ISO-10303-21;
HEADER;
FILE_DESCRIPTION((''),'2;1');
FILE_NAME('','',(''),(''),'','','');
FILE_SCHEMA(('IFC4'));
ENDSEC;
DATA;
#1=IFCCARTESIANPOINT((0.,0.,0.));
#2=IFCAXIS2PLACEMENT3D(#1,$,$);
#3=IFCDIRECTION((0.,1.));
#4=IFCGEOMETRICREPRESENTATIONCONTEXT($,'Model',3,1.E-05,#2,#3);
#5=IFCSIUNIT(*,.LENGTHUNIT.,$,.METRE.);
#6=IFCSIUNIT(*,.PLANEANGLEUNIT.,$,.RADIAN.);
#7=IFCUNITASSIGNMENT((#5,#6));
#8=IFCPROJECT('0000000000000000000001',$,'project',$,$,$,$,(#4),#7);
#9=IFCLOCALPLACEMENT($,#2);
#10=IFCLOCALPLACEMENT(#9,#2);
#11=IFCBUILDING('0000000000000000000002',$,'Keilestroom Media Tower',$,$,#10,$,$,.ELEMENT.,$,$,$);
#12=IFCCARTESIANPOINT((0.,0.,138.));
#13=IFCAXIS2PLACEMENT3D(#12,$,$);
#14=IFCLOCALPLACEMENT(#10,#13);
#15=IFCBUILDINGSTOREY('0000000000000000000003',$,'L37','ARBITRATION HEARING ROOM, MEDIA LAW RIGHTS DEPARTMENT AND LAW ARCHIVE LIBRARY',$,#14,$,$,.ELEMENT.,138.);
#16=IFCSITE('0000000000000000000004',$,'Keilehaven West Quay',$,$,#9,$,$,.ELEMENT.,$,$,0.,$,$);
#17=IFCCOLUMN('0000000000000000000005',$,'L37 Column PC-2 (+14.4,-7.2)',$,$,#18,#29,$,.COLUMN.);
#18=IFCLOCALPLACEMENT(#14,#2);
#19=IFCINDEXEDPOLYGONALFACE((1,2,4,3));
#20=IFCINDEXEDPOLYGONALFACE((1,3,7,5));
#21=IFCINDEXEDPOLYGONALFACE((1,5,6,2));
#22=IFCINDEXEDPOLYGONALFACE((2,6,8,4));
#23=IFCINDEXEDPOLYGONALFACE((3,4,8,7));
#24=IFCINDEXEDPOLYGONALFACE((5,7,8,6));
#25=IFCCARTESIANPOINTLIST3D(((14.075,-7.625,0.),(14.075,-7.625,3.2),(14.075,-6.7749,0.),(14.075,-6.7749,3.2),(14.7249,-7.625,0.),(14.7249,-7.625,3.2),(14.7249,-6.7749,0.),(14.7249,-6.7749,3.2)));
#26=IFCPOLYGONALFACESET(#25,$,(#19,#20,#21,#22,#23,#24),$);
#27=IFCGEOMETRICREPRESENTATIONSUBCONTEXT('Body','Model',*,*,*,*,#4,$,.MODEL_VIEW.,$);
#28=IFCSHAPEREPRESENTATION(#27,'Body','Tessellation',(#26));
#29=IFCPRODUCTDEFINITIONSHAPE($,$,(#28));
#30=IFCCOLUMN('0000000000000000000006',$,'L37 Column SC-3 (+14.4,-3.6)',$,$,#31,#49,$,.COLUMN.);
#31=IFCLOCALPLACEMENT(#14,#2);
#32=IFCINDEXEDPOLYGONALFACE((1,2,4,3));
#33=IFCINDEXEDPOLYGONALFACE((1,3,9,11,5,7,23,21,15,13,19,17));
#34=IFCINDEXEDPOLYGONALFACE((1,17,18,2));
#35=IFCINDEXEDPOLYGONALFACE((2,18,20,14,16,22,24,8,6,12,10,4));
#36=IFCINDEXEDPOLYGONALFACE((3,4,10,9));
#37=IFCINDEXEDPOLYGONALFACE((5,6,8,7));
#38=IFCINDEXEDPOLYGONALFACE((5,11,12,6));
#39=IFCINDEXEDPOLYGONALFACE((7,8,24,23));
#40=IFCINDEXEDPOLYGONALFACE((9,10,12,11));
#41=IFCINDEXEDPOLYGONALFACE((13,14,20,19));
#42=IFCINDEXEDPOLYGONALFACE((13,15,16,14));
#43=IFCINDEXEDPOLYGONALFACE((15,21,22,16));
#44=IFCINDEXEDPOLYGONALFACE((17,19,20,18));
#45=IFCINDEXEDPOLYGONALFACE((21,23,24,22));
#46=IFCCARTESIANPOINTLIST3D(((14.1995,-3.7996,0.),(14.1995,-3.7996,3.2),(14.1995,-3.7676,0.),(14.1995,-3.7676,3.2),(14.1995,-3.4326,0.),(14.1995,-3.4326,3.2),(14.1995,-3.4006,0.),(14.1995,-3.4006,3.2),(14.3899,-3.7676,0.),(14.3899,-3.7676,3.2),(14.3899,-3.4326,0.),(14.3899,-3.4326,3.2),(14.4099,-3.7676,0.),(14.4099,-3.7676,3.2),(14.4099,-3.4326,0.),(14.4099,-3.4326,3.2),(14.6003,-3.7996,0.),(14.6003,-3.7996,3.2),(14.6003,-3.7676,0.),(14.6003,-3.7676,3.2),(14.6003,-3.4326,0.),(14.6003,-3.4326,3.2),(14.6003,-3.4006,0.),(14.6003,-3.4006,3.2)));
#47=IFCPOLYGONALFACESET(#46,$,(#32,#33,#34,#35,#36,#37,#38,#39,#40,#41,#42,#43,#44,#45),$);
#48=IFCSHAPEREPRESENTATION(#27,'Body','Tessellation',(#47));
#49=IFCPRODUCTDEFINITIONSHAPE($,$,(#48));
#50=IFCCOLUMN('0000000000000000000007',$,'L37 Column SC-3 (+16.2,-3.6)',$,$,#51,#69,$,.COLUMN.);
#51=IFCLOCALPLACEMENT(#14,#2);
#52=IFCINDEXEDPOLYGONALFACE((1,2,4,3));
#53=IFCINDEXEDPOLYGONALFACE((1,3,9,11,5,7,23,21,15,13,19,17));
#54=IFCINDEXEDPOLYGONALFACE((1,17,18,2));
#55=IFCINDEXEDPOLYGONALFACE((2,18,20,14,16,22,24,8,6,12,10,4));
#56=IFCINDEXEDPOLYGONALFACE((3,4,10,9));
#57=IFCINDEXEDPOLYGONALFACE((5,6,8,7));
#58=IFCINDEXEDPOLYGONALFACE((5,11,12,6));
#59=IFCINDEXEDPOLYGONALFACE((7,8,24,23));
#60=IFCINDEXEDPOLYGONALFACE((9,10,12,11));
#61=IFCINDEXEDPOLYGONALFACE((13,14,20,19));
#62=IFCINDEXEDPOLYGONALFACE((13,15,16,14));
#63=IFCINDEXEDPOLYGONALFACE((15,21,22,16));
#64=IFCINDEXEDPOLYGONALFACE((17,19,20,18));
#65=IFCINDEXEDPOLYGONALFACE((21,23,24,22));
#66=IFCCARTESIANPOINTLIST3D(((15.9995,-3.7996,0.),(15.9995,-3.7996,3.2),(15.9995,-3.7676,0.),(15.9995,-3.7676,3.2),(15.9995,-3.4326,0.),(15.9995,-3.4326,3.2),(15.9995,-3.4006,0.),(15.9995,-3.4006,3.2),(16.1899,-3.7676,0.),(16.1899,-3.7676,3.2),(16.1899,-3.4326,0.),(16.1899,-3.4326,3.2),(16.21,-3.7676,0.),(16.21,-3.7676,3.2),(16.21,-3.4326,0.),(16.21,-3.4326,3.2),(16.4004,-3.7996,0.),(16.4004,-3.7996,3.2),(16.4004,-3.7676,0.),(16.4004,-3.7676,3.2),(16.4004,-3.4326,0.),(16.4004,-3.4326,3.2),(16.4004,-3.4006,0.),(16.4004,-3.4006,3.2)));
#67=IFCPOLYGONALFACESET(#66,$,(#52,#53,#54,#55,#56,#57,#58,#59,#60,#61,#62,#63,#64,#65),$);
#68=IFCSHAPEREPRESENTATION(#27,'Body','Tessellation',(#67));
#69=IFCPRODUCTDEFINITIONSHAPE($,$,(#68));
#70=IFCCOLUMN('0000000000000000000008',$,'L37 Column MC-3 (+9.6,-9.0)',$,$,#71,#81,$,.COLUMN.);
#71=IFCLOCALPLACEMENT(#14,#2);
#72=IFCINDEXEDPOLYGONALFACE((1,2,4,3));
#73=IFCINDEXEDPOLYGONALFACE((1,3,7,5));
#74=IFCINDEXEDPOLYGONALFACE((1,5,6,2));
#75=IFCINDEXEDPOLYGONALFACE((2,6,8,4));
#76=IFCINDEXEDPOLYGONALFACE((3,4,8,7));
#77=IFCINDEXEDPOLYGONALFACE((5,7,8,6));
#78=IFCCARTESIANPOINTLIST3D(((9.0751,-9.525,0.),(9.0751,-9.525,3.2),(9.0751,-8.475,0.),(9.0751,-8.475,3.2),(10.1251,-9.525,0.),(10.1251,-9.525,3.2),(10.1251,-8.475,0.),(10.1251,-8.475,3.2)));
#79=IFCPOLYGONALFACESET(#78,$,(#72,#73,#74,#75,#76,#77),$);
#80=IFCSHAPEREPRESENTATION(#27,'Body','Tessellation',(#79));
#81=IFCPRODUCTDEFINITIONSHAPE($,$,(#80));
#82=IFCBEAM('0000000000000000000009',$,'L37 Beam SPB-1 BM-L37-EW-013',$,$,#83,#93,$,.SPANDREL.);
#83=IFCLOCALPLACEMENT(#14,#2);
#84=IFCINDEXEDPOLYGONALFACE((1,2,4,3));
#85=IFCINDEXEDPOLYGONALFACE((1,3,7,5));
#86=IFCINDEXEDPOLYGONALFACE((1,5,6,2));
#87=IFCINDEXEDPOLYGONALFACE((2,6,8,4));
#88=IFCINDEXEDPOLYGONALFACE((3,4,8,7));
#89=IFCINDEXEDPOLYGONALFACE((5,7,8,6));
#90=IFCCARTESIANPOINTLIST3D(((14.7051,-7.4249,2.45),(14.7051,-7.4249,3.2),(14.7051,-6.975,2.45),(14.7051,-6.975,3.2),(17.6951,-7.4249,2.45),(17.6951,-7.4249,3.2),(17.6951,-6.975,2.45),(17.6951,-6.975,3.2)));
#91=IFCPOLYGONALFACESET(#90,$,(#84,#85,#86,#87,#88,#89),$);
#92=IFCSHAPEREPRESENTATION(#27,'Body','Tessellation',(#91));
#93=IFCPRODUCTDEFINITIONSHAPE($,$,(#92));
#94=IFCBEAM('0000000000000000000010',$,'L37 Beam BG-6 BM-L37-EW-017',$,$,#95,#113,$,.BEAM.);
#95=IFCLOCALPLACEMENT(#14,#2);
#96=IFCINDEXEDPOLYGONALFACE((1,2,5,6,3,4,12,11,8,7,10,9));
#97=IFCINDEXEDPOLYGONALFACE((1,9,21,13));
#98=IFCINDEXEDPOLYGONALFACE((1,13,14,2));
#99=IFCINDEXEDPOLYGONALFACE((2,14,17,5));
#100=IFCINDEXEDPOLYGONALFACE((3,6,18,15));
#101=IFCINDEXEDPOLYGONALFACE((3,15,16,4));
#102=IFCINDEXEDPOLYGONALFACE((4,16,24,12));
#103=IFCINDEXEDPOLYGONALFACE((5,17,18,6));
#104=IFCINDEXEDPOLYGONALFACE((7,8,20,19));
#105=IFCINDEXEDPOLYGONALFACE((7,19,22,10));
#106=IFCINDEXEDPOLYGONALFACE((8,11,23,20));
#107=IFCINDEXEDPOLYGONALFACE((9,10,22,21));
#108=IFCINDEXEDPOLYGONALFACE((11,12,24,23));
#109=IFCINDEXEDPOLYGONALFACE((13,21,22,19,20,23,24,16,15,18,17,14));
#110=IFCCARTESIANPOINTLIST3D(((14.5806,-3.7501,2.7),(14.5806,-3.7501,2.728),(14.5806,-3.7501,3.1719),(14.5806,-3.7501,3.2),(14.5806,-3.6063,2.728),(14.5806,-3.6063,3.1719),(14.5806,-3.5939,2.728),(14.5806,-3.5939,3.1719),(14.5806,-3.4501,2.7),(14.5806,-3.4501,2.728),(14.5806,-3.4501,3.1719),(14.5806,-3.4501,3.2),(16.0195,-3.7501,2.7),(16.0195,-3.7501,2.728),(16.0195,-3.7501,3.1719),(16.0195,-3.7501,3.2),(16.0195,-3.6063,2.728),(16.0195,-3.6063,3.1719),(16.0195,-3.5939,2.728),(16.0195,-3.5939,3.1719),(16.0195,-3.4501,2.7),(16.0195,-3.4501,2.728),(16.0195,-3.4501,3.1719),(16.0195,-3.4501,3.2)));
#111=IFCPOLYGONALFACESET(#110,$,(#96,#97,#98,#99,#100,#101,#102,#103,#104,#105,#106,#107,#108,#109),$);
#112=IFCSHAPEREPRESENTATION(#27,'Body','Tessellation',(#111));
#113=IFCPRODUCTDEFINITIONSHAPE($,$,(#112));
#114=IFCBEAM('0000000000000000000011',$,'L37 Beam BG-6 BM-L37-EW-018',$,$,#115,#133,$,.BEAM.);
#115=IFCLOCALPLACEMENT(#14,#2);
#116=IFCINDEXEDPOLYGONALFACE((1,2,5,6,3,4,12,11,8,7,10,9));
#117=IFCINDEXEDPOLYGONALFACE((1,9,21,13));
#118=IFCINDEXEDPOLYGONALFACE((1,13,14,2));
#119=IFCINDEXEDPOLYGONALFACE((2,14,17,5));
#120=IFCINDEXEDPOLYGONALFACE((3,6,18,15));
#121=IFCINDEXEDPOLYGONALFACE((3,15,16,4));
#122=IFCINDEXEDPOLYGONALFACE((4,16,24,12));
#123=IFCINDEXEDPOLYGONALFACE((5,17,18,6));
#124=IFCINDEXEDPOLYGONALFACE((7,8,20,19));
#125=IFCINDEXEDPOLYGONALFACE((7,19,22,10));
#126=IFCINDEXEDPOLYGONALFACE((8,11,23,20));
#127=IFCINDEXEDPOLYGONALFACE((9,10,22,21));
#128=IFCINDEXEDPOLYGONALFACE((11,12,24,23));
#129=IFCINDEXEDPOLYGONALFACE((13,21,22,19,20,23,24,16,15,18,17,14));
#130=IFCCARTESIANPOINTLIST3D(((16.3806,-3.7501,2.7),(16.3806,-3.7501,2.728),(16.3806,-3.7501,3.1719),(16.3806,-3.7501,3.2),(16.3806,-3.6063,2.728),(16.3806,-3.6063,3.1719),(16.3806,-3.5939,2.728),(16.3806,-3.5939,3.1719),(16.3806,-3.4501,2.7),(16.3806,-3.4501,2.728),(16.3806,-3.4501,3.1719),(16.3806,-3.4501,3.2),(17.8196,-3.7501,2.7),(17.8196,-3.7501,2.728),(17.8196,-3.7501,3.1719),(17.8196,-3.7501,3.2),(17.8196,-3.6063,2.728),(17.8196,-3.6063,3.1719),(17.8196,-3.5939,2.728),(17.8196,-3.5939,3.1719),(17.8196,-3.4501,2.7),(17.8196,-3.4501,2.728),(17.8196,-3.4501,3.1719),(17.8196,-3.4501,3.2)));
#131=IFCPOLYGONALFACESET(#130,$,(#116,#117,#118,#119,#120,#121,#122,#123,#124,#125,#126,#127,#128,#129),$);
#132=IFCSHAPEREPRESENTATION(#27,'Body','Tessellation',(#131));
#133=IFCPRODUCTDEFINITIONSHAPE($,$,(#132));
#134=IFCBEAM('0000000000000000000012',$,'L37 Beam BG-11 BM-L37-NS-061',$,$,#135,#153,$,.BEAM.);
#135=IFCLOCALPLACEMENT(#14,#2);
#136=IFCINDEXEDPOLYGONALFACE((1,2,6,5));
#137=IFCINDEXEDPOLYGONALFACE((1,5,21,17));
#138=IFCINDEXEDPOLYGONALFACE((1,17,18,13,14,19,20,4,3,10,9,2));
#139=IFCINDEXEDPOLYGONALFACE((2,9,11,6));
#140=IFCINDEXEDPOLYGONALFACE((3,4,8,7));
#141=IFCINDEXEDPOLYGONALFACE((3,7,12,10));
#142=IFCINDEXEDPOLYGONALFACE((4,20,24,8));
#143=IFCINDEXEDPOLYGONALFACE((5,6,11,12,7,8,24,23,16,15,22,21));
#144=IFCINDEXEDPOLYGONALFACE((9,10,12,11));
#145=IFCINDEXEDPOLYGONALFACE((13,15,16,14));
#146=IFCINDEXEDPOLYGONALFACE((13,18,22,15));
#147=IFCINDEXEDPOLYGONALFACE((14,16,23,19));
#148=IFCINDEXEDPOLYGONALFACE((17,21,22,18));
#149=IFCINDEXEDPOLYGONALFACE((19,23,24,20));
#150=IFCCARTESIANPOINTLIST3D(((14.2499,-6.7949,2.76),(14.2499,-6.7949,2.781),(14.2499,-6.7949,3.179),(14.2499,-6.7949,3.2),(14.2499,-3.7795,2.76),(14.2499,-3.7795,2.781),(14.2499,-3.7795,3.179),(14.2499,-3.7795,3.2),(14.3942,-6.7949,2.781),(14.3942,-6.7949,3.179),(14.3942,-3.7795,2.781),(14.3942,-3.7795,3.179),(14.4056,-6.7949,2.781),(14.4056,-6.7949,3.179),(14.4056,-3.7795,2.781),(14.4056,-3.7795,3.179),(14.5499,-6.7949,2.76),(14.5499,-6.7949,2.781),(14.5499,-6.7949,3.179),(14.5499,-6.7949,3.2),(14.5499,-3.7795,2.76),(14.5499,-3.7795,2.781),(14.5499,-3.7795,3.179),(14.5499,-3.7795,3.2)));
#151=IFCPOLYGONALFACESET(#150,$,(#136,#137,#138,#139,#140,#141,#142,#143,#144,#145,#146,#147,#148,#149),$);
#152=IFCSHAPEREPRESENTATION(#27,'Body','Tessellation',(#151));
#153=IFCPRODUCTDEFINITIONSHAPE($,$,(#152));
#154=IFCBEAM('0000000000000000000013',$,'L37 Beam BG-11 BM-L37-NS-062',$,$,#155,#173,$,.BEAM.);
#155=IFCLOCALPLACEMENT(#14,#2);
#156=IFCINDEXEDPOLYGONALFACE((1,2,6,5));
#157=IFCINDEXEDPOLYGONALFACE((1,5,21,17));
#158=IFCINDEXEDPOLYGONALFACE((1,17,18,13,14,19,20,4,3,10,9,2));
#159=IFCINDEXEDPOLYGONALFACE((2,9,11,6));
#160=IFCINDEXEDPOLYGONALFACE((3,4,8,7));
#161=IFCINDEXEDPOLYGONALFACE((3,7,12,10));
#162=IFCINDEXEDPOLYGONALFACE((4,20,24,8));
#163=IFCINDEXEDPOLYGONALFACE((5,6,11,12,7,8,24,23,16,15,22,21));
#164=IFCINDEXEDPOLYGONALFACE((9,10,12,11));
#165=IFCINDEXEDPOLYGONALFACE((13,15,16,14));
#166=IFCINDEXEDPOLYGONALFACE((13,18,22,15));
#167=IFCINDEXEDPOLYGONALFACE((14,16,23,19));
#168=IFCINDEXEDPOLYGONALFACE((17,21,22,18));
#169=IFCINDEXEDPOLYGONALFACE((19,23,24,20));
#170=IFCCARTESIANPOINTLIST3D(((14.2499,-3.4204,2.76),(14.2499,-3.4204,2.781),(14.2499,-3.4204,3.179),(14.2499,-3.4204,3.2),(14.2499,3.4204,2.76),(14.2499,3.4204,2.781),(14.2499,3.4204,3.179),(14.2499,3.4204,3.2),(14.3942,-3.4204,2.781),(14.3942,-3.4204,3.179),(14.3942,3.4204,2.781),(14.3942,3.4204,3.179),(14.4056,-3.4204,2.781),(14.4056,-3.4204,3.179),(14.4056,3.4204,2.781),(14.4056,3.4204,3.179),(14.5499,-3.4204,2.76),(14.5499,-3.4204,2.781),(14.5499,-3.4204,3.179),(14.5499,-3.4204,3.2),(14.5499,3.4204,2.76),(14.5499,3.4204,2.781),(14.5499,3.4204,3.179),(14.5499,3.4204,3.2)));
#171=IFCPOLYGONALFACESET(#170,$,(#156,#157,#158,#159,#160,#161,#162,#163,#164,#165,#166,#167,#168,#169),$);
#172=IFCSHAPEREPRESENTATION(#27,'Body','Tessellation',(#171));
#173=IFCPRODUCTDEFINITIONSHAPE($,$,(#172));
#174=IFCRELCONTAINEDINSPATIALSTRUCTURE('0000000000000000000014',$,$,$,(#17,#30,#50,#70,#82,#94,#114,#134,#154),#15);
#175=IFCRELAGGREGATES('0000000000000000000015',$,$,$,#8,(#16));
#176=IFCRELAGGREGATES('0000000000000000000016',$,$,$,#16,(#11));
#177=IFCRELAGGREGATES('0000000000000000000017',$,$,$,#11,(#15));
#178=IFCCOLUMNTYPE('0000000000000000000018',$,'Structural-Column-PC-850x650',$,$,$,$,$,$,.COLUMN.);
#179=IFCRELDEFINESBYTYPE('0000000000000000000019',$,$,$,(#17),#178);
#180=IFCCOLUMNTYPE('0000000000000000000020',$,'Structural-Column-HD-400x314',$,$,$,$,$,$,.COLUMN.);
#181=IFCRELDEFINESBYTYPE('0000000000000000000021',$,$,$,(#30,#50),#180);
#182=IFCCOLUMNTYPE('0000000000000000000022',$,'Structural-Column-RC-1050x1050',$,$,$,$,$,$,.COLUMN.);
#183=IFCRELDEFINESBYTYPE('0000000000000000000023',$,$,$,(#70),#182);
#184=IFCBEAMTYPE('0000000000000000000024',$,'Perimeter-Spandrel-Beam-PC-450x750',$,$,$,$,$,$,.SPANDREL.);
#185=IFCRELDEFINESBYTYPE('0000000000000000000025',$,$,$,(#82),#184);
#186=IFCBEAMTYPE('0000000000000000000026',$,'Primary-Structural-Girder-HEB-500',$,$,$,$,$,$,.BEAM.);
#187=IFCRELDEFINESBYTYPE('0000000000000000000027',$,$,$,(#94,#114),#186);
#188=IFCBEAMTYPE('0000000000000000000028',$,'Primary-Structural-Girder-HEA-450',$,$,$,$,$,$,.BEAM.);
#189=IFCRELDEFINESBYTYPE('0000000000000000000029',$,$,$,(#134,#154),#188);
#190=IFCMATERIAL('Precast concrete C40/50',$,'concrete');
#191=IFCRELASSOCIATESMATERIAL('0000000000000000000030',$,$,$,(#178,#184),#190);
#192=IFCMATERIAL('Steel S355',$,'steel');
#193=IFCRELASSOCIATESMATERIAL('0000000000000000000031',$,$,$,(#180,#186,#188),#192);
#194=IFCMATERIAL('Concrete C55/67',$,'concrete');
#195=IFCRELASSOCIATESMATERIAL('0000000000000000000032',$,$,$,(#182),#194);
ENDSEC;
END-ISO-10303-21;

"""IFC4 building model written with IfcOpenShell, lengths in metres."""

from ifc_helpers import new_model, si_unit, direction, frame, origin, origin_2d, place, context, subcontext, project, spatial, rectangle, i_section, extrude, source, transform, mapped, material, material_profile, profile_set, type_object, element, save


model = new_model("IFC4")

# Units and contexts
model_context = context("Model", 3, precision=1e-05, world=origin(), true_north=direction((0.0, 1.0)))
body_context = subcontext(model_context, "Body", "Model", "MODEL_VIEW")
ifc_project = project(units=[si_unit("LENGTHUNIT", "METRE"), si_unit("PLANEANGLEUNIT", "RADIAN")], contexts=[model_context])

# Site, building, storey
site_placement = place(None, origin())
site = spatial("IfcSite", under=ifc_project, at=site_placement, Name="Keilehaven West Quay", CompositionType="ELEMENT", RefElevation=0.0)
building_placement = place(site_placement, origin())
building = spatial("IfcBuilding", under=site, at=building_placement, Name="Keilestroom Media Tower", CompositionType="ELEMENT")
storey_placement = place(building_placement, frame((0.0, 0.0, 138.0)))
storey = spatial("IfcBuildingStorey", under=building, at=storey_placement, Name="L37", Description="ARBITRATION HEARING ROOM, MEDIA LAW RIGHTS DEPARTMENT AND LAW ARCHIVE LIBRARY", CompositionType="ELEMENT", Elevation=138.0)

# Columns
ifc_material_1 = material(Name="Precast concrete C40/50", Category="concrete")
ifc_material_profile_1 = material_profile(ifc_material_1, rectangle(XDim=0.6499, YDim=0.8501, at=origin_2d()), Name="PC 850x650")
ifc_profile_set_1 = profile_set([ifc_material_profile_1], Name="Precast concrete C40/50")
column_type_1 = type_object("IfcColumnType", Name="Structural-Column-PC-850x650", PredefinedType="COLUMN", material=ifc_profile_set_1)
shared_shape_1 = source(origin(), body_context, "Body", "SweptSolid", [
    extrude(rectangle(XDim=0.6499, YDim=0.8501, at=origin_2d()), origin(), (0.0, 0.0, 1.0), 3.2),
])
column_1_placement = place(storey_placement, frame((14.3999, -7.2, 0.0), z_axis=(0.0, 0.0, 1.0), x_axis=(1.0, 0.0, 0.0)))
element("IfcColumn", 1, at=column_1_placement, inside=storey, type_object=column_type_1, Name="L37 Column PC-2 (+14.4,-7.2)", PredefinedType="COLUMN", context=body_context, shape_type="MappedRepresentation", body=[
    mapped(shared_shape_1, transform((0.0, 0.0, 0.0), x_axis=(1.0, 0.0, 0.0), y_axis=(0.0, 1.0, 0.0), z_axis=(0.0, 0.0, 1.0), scale=1.0)),
])
ifc_material_2 = material(Name="Steel S355", Category="steel")
ifc_material_profile_2 = material_profile(ifc_material_2, i_section(OverallWidth=0.4009, OverallDepth=0.3989, WebThickness=0.02, FlangeThickness=0.032, at=origin_2d()), Name="HD 400x314")
ifc_profile_set_2 = profile_set([ifc_material_profile_2], Name="Steel S355")
column_type_2 = type_object("IfcColumnType", Name="Structural-Column-HD-400x314", PredefinedType="COLUMN", material=ifc_profile_set_2)
shared_shape_2 = source(origin(), body_context, "Body", "SweptSolid", [
    extrude(i_section(OverallWidth=0.4009, OverallDepth=0.3989, WebThickness=0.02, FlangeThickness=0.032, at=origin_2d()), origin(), (0.0, 0.0, 1.0), 3.2),
])
for number, where, z_axis, x_axis, name in (
    (2, (14.3999, -3.6001, 0.0), (0.0, 0.0, 1.0), (1.0, 0.0, 0.0), "L37 Column SC-3 (+14.4,-3.6)"),
    (3, (16.2, -3.6001, 0.0), (0.0, 0.0, 1.0), (1.0, 0.0, 0.0), "L37 Column SC-3 (+16.2,-3.6)"),
):
    element("IfcColumn", number, at=place(storey_placement, frame(where, z_axis=z_axis, x_axis=x_axis)), inside=storey, type_object=column_type_2, Name=name, PredefinedType="COLUMN", context=body_context, shape_type="MappedRepresentation", body=[
        mapped(shared_shape_2, transform((0.0, 0.0, 0.0), x_axis=(1.0, 0.0, 0.0), y_axis=(0.0, 1.0, 0.0), z_axis=(0.0, 0.0, 1.0), scale=1.0)),
    ])
ifc_material_3 = material(Name="Concrete C55/67", Category="concrete")
ifc_material_profile_3 = material_profile(ifc_material_3, rectangle(XDim=1.05, YDim=1.05, at=origin_2d()), Name="RC 1050x1050")
ifc_profile_set_3 = profile_set([ifc_material_profile_3], Name="Concrete C55/67")
column_type_3 = type_object("IfcColumnType", Name="Structural-Column-RC-1050x1050", PredefinedType="COLUMN", material=ifc_profile_set_3)
shared_shape_3 = source(origin(), body_context, "Body", "SweptSolid", [
    extrude(rectangle(XDim=1.05, YDim=1.05, at=origin_2d()), origin(), (0.0, 0.0, 1.0), 3.2),
])
column_2_placement = place(storey_placement, frame((9.6001, -9.0, 0.0), z_axis=(0.0, 0.0, 1.0), x_axis=(1.0, 0.0, 0.0)))
element("IfcColumn", 4, at=column_2_placement, inside=storey, type_object=column_type_3, Name="L37 Column MC-3 (+9.6,-9.0)", PredefinedType="COLUMN", context=body_context, shape_type="MappedRepresentation", body=[
    mapped(shared_shape_3, transform((0.0, 0.0, 0.0), x_axis=(1.0, 0.0, 0.0), y_axis=(0.0, 1.0, 0.0), z_axis=(0.0, 0.0, 1.0), scale=1.0)),
])

# Beams
ifc_material_profile_4 = material_profile(ifc_material_1, rectangle(XDim=0.45, YDim=0.75, at=origin_2d()), Name="PC 450x750")
ifc_profile_set_4 = profile_set([ifc_material_profile_4], Name="Precast concrete C40/50")
beam_type_1 = type_object("IfcBeamType", Name="Perimeter-Spandrel-Beam-PC-450x750", PredefinedType="SPANDREL", material=ifc_profile_set_4)
shared_shape_4 = source(origin(), body_context, "Body", "SweptSolid", [
    extrude(rectangle(XDim=0.45, YDim=0.75, at=origin_2d()), origin(), (0.0, 0.0, 1.0), 2.99),
])
beam_1_placement = place(storey_placement, frame((14.7051, -7.2, 2.825), z_axis=(1.0, 0.0, 0.0), x_axis=(0.0, 1.0, 0.0)))
element("IfcBeam", 5, at=beam_1_placement, inside=storey, type_object=beam_type_1, Name="L37 Beam SPB-1 BM-L37-EW-013", PredefinedType="SPANDREL", context=body_context, shape_type="MappedRepresentation", body=[
    mapped(shared_shape_4, transform((0.0, 0.0, 0.0), x_axis=(1.0, 0.0, 0.0), y_axis=(0.0, 1.0, 0.0), z_axis=(0.0, 0.0, 1.0), scale=1.0)),
])
ifc_material_profile_5 = material_profile(ifc_material_2, i_section(OverallWidth=0.3, OverallDepth=0.5, WebThickness=0.0125, FlangeThickness=0.0281, at=origin_2d()), Name="HEB 500")
ifc_profile_set_5 = profile_set([ifc_material_profile_5], Name="Steel S355")
beam_type_2 = type_object("IfcBeamType", Name="Primary-Structural-Girder-HEB-500", PredefinedType="BEAM", material=ifc_profile_set_5)
shared_shape_5 = source(origin(), body_context, "Body", "SweptSolid", [
    extrude(i_section(OverallWidth=0.3, OverallDepth=0.5, WebThickness=0.0125, FlangeThickness=0.0281, at=origin_2d()), origin(), (0.0, 0.0, 1.0), 1.439),
])
for number, where, z_axis, x_axis, name in (
    (6, (14.5806, -3.6001, 2.95), (1.0, 0.0, 0.0), (0.0, 1.0, 0.0), "L37 Beam BG-6 BM-L37-EW-017"),
    (7, (16.3806, -3.6001, 2.95), (1.0, 0.0, 0.0), (0.0, 1.0, 0.0), "L37 Beam BG-6 BM-L37-EW-018"),
):
    element("IfcBeam", number, at=place(storey_placement, frame(where, z_axis=z_axis, x_axis=x_axis)), inside=storey, type_object=beam_type_2, Name=name, PredefinedType="BEAM", context=body_context, shape_type="MappedRepresentation", body=[
        mapped(shared_shape_5, transform((0.0, 0.0, 0.0), x_axis=(1.0, 0.0, 0.0), y_axis=(0.0, 1.0, 0.0), z_axis=(0.0, 0.0, 1.0), scale=1.0)),
    ])
ifc_material_profile_6 = material_profile(ifc_material_2, i_section(OverallWidth=0.3, OverallDepth=0.4399, WebThickness=0.0115, FlangeThickness=0.021, at=origin_2d()), Name="HEA 450")
ifc_profile_set_6 = profile_set([ifc_material_profile_6], Name="Steel S355")
beam_type_3 = type_object("IfcBeamType", Name="Primary-Structural-Girder-HEA-450", PredefinedType="BEAM", material=ifc_profile_set_6)
shared_shape_6 = source(origin(), body_context, "Body", "SweptSolid", [
    extrude(i_section(OverallWidth=0.3, OverallDepth=0.4399, WebThickness=0.0115, FlangeThickness=0.021, at=origin_2d()), origin(), (0.0, 0.0, 1.0), 3.0154),
])
beam_2_placement = place(storey_placement, frame((14.3999, -6.7949, 2.98), z_axis=(0.0, 1.0, 0.0), x_axis=(-1.0, 0.0, 0.0)))
element("IfcBeam", 8, at=beam_2_placement, inside=storey, type_object=beam_type_3, Name="L37 Beam BG-11 BM-L37-NS-061", PredefinedType="BEAM", context=body_context, shape_type="MappedRepresentation", body=[
    mapped(shared_shape_6, transform((0.0, 0.0, 0.0), x_axis=(1.0, 0.0, 0.0), y_axis=(0.0, 1.0, 0.0), z_axis=(0.0, 0.0, 1.0), scale=1.0)),
])
shared_shape_7 = source(origin(), body_context, "Body", "SweptSolid", [
    extrude(i_section(OverallWidth=0.3, OverallDepth=0.4399, WebThickness=0.0115, FlangeThickness=0.021, at=origin_2d()), origin(), (0.0, 0.0, 1.0), 6.8408),
])
for number, where, z_axis, x_axis, name in (
    (9, (14.3999, -3.4204, 2.98), (0.0, 1.0, 0.0), (-1.0, 0.0, 0.0), "L37 Beam BG-11 BM-L37-NS-062"),
):
    element("IfcBeam", number, at=place(storey_placement, frame(where, z_axis=z_axis, x_axis=x_axis)), inside=storey, type_object=beam_type_3, Name=name, PredefinedType="BEAM", context=body_context, shape_type="MappedRepresentation", body=[
        mapped(shared_shape_7, transform((0.0, 0.0, 0.0), x_axis=(1.0, 0.0, 0.0), y_axis=(0.0, 1.0, 0.0), z_axis=(0.0, 0.0, 1.0), scale=1.0)),
    ])

save(model, "model.ifc")
